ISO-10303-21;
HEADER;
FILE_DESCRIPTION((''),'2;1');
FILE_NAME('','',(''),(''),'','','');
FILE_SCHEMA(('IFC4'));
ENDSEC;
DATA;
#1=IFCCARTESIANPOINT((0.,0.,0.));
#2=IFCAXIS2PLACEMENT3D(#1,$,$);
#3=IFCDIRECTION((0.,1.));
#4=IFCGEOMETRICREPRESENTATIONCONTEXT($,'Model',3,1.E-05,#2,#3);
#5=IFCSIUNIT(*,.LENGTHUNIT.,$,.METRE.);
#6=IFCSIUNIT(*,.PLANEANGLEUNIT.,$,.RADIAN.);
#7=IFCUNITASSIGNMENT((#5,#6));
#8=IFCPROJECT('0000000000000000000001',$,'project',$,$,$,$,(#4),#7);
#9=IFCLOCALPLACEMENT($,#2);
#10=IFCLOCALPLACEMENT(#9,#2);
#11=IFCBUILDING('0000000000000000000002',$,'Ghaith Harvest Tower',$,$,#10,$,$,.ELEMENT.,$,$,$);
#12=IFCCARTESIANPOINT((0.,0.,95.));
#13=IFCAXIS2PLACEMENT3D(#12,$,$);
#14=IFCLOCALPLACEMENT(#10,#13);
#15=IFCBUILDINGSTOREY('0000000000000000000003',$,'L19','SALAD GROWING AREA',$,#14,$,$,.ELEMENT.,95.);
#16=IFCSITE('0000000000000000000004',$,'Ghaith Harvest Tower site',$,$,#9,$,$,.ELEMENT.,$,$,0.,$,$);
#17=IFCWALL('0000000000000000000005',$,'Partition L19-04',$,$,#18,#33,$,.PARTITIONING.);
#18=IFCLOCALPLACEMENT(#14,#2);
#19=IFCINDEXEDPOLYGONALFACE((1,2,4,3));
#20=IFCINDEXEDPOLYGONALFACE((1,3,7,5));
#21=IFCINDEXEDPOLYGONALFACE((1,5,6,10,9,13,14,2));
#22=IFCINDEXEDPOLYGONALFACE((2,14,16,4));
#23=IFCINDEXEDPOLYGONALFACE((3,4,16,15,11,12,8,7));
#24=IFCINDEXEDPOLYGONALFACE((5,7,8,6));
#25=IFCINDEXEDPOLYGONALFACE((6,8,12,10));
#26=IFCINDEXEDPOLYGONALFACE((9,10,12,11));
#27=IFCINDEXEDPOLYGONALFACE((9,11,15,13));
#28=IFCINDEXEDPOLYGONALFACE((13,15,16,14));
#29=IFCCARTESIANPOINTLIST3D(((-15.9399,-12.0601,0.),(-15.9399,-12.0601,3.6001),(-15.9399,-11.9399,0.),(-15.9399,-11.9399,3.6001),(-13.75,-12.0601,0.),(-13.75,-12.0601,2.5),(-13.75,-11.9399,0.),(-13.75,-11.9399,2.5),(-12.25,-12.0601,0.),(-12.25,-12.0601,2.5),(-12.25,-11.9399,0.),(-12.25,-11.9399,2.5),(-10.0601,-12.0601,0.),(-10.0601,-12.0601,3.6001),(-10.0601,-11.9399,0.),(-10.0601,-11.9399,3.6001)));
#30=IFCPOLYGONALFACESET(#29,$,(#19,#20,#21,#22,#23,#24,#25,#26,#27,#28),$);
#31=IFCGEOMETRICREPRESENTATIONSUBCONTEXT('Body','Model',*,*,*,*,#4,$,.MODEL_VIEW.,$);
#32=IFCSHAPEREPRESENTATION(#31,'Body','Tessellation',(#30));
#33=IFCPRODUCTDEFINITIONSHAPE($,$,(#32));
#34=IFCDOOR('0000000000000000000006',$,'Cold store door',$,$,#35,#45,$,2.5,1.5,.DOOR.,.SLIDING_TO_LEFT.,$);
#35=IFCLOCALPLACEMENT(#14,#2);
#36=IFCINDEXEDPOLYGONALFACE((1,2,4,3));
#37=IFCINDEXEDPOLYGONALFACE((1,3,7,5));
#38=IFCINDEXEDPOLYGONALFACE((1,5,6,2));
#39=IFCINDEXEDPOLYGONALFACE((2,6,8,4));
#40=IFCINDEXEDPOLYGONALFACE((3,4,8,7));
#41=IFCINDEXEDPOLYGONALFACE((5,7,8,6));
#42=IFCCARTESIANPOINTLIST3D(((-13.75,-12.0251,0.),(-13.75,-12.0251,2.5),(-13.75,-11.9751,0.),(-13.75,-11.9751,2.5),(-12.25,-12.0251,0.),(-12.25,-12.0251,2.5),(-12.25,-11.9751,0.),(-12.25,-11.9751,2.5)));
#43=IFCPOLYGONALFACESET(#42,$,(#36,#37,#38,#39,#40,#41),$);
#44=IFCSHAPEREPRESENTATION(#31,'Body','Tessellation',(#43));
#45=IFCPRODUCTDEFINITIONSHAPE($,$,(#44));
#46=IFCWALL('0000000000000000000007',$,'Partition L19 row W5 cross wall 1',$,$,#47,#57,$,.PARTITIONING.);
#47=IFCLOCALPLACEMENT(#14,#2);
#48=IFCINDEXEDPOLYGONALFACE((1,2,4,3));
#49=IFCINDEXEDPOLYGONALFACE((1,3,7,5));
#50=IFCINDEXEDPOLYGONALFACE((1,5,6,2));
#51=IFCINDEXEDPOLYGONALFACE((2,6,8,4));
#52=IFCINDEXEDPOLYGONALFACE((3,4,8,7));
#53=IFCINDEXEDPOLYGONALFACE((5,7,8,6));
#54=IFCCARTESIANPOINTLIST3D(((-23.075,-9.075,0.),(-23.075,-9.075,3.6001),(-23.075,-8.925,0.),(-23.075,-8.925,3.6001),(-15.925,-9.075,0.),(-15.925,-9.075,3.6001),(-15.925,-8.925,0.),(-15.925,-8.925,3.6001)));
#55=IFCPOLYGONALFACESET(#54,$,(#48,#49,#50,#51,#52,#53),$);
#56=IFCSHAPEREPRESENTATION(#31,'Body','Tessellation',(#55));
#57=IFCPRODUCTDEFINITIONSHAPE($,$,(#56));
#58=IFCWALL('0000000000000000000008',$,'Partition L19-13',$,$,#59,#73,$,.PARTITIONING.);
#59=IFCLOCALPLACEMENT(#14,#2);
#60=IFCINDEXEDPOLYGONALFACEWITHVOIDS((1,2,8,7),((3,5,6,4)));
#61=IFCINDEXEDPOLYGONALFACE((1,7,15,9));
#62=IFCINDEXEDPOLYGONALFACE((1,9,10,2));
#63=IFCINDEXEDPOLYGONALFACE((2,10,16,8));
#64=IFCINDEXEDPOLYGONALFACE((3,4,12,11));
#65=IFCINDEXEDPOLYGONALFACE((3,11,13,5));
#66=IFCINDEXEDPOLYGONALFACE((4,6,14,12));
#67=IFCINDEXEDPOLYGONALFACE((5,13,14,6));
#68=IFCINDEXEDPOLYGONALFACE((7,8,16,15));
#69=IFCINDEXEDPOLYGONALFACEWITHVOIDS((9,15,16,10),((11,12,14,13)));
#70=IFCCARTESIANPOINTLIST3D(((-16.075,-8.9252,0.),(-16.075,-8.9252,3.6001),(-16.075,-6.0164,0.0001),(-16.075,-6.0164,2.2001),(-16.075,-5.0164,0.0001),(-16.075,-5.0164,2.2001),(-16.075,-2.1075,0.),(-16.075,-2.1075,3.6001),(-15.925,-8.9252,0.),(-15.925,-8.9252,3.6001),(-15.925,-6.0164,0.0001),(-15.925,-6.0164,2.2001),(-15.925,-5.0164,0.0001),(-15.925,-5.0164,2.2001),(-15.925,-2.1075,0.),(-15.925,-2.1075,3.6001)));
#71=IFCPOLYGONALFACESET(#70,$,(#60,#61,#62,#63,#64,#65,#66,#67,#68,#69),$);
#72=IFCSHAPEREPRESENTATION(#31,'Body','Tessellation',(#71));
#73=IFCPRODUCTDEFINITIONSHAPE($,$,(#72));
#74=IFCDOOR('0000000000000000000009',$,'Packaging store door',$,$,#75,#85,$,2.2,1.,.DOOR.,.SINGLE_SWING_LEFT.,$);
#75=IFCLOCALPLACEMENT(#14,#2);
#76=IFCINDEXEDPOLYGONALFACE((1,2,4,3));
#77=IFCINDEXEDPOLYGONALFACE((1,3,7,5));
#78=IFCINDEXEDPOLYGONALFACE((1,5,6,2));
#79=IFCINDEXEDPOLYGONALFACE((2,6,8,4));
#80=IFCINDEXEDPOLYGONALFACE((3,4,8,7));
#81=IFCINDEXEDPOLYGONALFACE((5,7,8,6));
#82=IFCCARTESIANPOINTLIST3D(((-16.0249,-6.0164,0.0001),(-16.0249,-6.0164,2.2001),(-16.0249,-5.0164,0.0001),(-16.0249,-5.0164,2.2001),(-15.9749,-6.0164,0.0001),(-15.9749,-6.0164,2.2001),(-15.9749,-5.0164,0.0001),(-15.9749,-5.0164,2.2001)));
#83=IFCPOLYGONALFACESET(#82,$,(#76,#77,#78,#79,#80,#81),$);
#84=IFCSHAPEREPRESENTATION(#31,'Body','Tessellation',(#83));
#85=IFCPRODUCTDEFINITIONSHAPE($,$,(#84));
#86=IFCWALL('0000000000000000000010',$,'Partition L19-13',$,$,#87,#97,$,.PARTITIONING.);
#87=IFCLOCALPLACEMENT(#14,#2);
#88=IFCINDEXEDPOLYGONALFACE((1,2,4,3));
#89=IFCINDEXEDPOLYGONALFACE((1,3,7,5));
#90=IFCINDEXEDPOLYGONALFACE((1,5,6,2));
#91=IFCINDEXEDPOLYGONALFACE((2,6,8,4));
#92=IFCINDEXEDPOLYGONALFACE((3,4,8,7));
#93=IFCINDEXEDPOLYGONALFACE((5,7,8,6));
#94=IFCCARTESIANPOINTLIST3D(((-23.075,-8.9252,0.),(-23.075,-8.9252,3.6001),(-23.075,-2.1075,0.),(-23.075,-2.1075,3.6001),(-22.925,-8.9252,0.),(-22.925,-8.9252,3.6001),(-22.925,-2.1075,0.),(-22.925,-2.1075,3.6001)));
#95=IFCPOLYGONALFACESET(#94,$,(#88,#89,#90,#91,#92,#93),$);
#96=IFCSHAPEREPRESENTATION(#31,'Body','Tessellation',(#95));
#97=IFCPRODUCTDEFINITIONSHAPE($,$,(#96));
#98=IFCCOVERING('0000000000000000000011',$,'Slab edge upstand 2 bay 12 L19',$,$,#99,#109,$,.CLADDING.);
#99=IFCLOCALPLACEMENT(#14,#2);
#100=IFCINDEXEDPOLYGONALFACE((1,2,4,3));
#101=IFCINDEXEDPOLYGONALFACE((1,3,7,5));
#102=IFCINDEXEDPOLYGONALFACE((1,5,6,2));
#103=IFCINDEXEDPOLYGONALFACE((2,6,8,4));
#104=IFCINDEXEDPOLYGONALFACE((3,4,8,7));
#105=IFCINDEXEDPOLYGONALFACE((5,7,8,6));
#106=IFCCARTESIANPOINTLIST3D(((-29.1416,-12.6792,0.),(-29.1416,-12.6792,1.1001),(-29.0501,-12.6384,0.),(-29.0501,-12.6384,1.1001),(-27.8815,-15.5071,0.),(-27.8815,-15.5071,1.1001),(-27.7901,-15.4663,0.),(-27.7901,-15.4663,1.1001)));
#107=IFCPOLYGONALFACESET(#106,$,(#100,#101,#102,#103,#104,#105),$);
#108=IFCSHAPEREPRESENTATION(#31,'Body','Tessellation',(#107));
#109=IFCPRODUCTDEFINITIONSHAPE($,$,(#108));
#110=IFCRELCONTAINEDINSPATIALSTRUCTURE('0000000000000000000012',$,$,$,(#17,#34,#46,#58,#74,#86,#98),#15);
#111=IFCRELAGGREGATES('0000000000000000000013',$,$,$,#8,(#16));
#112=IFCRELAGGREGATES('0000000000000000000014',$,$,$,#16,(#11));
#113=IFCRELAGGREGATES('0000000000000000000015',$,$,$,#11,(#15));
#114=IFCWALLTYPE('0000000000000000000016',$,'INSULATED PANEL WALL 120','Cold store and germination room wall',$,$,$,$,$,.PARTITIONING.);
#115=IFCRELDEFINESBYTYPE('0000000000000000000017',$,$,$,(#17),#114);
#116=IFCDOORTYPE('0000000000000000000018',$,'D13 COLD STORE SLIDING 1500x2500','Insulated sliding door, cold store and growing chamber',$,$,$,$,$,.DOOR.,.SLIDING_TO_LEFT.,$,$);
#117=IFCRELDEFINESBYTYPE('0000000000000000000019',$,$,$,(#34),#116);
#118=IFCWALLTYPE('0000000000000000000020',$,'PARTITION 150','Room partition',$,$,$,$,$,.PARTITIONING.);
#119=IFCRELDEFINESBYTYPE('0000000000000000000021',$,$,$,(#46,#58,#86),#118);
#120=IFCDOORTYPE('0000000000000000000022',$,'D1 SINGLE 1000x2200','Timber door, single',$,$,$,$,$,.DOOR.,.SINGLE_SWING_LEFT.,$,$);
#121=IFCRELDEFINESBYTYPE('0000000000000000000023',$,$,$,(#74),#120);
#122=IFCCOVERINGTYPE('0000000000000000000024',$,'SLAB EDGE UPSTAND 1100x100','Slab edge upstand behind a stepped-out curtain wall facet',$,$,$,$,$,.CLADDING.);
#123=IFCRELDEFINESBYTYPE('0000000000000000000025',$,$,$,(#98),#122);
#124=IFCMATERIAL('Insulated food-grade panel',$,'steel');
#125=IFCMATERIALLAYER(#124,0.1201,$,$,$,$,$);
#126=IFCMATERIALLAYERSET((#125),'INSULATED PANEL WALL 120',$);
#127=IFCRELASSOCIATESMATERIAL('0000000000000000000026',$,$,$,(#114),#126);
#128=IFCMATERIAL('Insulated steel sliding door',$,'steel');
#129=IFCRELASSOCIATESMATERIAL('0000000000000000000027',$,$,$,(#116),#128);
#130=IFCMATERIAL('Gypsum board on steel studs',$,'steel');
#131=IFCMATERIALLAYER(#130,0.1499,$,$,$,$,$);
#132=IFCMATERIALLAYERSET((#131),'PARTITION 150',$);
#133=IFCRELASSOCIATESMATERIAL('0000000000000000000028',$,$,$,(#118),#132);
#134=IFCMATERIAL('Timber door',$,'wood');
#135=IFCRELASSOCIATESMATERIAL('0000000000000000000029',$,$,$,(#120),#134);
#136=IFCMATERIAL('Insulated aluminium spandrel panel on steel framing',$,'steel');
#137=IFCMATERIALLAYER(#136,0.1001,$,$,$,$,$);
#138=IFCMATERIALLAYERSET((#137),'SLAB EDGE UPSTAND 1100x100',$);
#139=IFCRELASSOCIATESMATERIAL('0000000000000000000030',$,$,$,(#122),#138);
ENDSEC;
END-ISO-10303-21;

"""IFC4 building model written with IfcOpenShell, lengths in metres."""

from ifc_helpers import new_model, si_unit, direction, frame, frame_2d, origin, origin_2d, place, context, subcontext, project, spatial, rectangle, extrude, material, layer, layer_set, type_object, element, fill, save


model = new_model("IFC4")

# Units and contexts
model_context = context("Model", 3, precision=1e-05, world=origin(), true_north=direction((0.0, 1.0)))
body_context = subcontext(model_context, "Body", "Model", "MODEL_VIEW")
ifc_project = project(units=[si_unit("LENGTHUNIT", "METRE"), si_unit("PLANEANGLEUNIT", "RADIAN")], contexts=[model_context])

# Site, building, storey
site_placement = place(None, origin())
site = spatial("IfcSite", under=ifc_project, at=site_placement, Name="Ghaith Harvest Tower site", CompositionType="ELEMENT", RefElevation=0.0)
building_placement = place(site_placement, origin())
building = spatial("IfcBuilding", under=site, at=building_placement, Name="Ghaith Harvest Tower", CompositionType="ELEMENT")
storey_placement = place(building_placement, frame((0.0, 0.0, 95.0)))
storey = spatial("IfcBuildingStorey", under=building, at=storey_placement, Name="L19", Description="SALAD GROWING AREA", CompositionType="ELEMENT", Elevation=95.0)

# Shared definitions
ifc_material_1 = material(Name="Insulated food-grade panel", Category="steel")
ifc_layer_1 = layer(ifc_material_1, 0.1201)
ifc_layer_set_1 = layer_set([ifc_layer_1], Name="INSULATED PANEL WALL 120")
wall_type_1 = type_object("IfcWallType", Name="INSULATED PANEL WALL 120", Description="Cold store and germination room wall", PredefinedType="PARTITIONING", material=ifc_layer_set_1)

# Wall, opening, door
ifc_material_2 = material(Name="Insulated steel sliding door", Category="steel")
door_type_1 = type_object("IfcDoorType", Name="D13 COLD STORE SLIDING 1500x2500", Description="Insulated sliding door, cold store and growing chamber", OperationType="SLIDING_TO_LEFT", PredefinedType="DOOR", material=ifc_material_2)
wall_1_placement = place(storey_placement, frame((-15.9399, -12.0, 0.0), z_axis=(0.0, 0.0, 1.0), x_axis=(1.0, 0.0, 0.0)))
wall_1 = element("IfcWall", 1, at=wall_1_placement, inside=storey, type_object=wall_type_1, Name="Partition L19-04", PredefinedType="PARTITIONING", context=body_context, shape_type="SweptSolid", body=[
    extrude(rectangle(XDim=5.8799, YDim=0.1201, at=frame_2d((2.9399, 0.0))), origin(), (0.0, 0.0, 1.0), 3.6001),
])
opening_1_placement = place(wall_1_placement, frame((2.1899, 0.0, 0.0)))
opening_1 = element("IfcOpeningElement", 2, at=opening_1_placement, cuts=wall_1, PredefinedType="OPENING", context=body_context, shape_type="SweptSolid", body=[
    extrude(rectangle(XDim=1.5, YDim=2.5, at=frame_2d((0.75, 1.25))), frame((0.0, 0.0701, 0.0), z_axis=(0.0, -1.0, 0.0), x_axis=(1.0, 0.0, 0.0)), (0.0, 0.0, 1.0), 0.1401),
])
door_1_placement = place(opening_1_placement, origin())
door_1 = element("IfcDoor", 3, at=door_1_placement, inside=storey, type_object=door_type_1, Name="Cold store door", OperationType="SLIDING_TO_LEFT", OverallHeight=2.5, OverallWidth=1.5, PredefinedType="DOOR", context=body_context, shape_type="SweptSolid", body=[
    extrude(rectangle(XDim=1.5, YDim=2.5, at=frame_2d((0.75, 1.25))), frame((0.0, 0.0249, 0.0), z_axis=(0.0, -1.0, 0.0), x_axis=(1.0, 0.0, 0.0)), (0.0, 0.0, 1.0), 0.05),
])
fill(opening_1, door_1)

# Wall
ifc_material_3 = material(Name="Gypsum board on steel studs", Category="steel")
ifc_layer_2 = layer(ifc_material_3, 0.1499)
ifc_layer_set_2 = layer_set([ifc_layer_2], Name="PARTITION 150")
wall_type_2 = type_object("IfcWallType", Name="PARTITION 150", Description="Room partition", PredefinedType="PARTITIONING", material=ifc_layer_set_2)
wall_2_placement = place(storey_placement, frame((-15.925, -9.0, 0.0), z_axis=(0.0, 0.0, 1.0), x_axis=(-1.0, 0.0, 0.0)))
element("IfcWall", 4, at=wall_2_placement, inside=storey, type_object=wall_type_2, Name="Partition L19 row W5 cross wall 1", PredefinedType="PARTITIONING", context=body_context, shape_type="SweptSolid", body=[
    extrude(rectangle(XDim=7.1499, YDim=0.1499, at=frame_2d((3.575, 0.0))), origin(), (0.0, 0.0, 1.0), 3.6001),
])

# Wall, opening, door
wall_3_placement = place(storey_placement, frame((-16.0, -8.925, 0.0), z_axis=(0.0, 0.0, 1.0), x_axis=(0.0, 1.0, 0.0)))
wall_3 = element("IfcWall", 5, at=wall_3_placement, inside=storey, type_object=wall_type_2, Name="Partition L19-13", PredefinedType="PARTITIONING", context=body_context, shape_type="SweptSolid", body=[
    extrude(rectangle(XDim=6.8176, YDim=0.1499, at=frame_2d((3.4087, 0.0))), origin(), (0.0, 0.0, 1.0), 3.6001),
])
opening_2_placement = place(wall_3_placement, frame((2.9087, 0.0, 0.0)))
opening_2 = element("IfcOpeningElement", 6, at=opening_2_placement, cuts=wall_3, PredefinedType="OPENING", context=body_context, shape_type="SweptSolid", body=[
    extrude(rectangle(XDim=1.0, YDim=2.2, at=frame_2d((0.5, 1.1001))), frame((0.0, 0.085, 0.0), z_axis=(0.0, -1.0, 0.0), x_axis=(1.0, 0.0, 0.0)), (0.0, 0.0, 1.0), 0.1699),
])
ifc_material_4 = material(Name="Timber door", Category="wood")
door_type_2 = type_object("IfcDoorType", Name="D1 SINGLE 1000x2200", Description="Timber door, single", OperationType="SINGLE_SWING_LEFT", PredefinedType="DOOR", material=ifc_material_4)
door_2_placement = place(opening_2_placement, origin())
door_2 = element("IfcDoor", 7, at=door_2_placement, inside=storey, type_object=door_type_2, Name="Packaging store door", OperationType="SINGLE_SWING_LEFT", OverallHeight=2.2, OverallWidth=1.0, PredefinedType="DOOR", context=body_context, shape_type="SweptSolid", body=[
    extrude(rectangle(XDim=1.0, YDim=2.2, at=frame_2d((0.5, 1.1001))), frame((0.0, 0.0249, 0.0), z_axis=(0.0, -1.0, 0.0), x_axis=(1.0, 0.0, 0.0)), (0.0, 0.0, 1.0), 0.05),
])
fill(opening_2, door_2)

# Wall
wall_4_placement = place(storey_placement, frame((-23.0, -8.925, 0.0), z_axis=(0.0, 0.0, 1.0), x_axis=(0.0, 1.0, 0.0)))
element("IfcWall", 8, at=wall_4_placement, inside=storey, type_object=wall_type_2, Name="Partition L19-13", PredefinedType="PARTITIONING", context=body_context, shape_type="SweptSolid", body=[
    extrude(rectangle(XDim=6.8176, YDim=0.1499, at=frame_2d((3.4087, 0.0))), origin(), (0.0, 0.0, 1.0), 3.6001),
])

# Covering
ifc_material_5 = material(Name="Insulated aluminium spandrel panel on steel framing", Category="steel")
ifc_layer_3 = layer(ifc_material_5, 0.1001)
ifc_layer_set_3 = layer_set([ifc_layer_3], Name="SLAB EDGE UPSTAND 1100x100")
covering_type = type_object("IfcCoveringType", Name="SLAB EDGE UPSTAND 1100x100", Description="Slab edge upstand behind a stepped-out curtain wall facet", PredefinedType="CLADDING", material=ifc_layer_set_3)
covering_placement = place(storey_placement, frame((-28.4658, -14.0728, 0.0), z_axis=(0.0, 0.0, 1.0), x_axis=(0.407003, -0.913427, 0.0)))
element("IfcCovering", 9, at=covering_placement, inside=storey, type_object=covering_type, Name="Slab edge upstand 2 bay 12 L19", PredefinedType="CLADDING", context=body_context, shape_type="SweptSolid", body=[
    extrude(rectangle(XDim=3.0959, YDim=0.1001, at=origin_2d()), origin(), (0.0, 0.0, 1.0), 1.1001),
])

save(model, "model.ifc")
